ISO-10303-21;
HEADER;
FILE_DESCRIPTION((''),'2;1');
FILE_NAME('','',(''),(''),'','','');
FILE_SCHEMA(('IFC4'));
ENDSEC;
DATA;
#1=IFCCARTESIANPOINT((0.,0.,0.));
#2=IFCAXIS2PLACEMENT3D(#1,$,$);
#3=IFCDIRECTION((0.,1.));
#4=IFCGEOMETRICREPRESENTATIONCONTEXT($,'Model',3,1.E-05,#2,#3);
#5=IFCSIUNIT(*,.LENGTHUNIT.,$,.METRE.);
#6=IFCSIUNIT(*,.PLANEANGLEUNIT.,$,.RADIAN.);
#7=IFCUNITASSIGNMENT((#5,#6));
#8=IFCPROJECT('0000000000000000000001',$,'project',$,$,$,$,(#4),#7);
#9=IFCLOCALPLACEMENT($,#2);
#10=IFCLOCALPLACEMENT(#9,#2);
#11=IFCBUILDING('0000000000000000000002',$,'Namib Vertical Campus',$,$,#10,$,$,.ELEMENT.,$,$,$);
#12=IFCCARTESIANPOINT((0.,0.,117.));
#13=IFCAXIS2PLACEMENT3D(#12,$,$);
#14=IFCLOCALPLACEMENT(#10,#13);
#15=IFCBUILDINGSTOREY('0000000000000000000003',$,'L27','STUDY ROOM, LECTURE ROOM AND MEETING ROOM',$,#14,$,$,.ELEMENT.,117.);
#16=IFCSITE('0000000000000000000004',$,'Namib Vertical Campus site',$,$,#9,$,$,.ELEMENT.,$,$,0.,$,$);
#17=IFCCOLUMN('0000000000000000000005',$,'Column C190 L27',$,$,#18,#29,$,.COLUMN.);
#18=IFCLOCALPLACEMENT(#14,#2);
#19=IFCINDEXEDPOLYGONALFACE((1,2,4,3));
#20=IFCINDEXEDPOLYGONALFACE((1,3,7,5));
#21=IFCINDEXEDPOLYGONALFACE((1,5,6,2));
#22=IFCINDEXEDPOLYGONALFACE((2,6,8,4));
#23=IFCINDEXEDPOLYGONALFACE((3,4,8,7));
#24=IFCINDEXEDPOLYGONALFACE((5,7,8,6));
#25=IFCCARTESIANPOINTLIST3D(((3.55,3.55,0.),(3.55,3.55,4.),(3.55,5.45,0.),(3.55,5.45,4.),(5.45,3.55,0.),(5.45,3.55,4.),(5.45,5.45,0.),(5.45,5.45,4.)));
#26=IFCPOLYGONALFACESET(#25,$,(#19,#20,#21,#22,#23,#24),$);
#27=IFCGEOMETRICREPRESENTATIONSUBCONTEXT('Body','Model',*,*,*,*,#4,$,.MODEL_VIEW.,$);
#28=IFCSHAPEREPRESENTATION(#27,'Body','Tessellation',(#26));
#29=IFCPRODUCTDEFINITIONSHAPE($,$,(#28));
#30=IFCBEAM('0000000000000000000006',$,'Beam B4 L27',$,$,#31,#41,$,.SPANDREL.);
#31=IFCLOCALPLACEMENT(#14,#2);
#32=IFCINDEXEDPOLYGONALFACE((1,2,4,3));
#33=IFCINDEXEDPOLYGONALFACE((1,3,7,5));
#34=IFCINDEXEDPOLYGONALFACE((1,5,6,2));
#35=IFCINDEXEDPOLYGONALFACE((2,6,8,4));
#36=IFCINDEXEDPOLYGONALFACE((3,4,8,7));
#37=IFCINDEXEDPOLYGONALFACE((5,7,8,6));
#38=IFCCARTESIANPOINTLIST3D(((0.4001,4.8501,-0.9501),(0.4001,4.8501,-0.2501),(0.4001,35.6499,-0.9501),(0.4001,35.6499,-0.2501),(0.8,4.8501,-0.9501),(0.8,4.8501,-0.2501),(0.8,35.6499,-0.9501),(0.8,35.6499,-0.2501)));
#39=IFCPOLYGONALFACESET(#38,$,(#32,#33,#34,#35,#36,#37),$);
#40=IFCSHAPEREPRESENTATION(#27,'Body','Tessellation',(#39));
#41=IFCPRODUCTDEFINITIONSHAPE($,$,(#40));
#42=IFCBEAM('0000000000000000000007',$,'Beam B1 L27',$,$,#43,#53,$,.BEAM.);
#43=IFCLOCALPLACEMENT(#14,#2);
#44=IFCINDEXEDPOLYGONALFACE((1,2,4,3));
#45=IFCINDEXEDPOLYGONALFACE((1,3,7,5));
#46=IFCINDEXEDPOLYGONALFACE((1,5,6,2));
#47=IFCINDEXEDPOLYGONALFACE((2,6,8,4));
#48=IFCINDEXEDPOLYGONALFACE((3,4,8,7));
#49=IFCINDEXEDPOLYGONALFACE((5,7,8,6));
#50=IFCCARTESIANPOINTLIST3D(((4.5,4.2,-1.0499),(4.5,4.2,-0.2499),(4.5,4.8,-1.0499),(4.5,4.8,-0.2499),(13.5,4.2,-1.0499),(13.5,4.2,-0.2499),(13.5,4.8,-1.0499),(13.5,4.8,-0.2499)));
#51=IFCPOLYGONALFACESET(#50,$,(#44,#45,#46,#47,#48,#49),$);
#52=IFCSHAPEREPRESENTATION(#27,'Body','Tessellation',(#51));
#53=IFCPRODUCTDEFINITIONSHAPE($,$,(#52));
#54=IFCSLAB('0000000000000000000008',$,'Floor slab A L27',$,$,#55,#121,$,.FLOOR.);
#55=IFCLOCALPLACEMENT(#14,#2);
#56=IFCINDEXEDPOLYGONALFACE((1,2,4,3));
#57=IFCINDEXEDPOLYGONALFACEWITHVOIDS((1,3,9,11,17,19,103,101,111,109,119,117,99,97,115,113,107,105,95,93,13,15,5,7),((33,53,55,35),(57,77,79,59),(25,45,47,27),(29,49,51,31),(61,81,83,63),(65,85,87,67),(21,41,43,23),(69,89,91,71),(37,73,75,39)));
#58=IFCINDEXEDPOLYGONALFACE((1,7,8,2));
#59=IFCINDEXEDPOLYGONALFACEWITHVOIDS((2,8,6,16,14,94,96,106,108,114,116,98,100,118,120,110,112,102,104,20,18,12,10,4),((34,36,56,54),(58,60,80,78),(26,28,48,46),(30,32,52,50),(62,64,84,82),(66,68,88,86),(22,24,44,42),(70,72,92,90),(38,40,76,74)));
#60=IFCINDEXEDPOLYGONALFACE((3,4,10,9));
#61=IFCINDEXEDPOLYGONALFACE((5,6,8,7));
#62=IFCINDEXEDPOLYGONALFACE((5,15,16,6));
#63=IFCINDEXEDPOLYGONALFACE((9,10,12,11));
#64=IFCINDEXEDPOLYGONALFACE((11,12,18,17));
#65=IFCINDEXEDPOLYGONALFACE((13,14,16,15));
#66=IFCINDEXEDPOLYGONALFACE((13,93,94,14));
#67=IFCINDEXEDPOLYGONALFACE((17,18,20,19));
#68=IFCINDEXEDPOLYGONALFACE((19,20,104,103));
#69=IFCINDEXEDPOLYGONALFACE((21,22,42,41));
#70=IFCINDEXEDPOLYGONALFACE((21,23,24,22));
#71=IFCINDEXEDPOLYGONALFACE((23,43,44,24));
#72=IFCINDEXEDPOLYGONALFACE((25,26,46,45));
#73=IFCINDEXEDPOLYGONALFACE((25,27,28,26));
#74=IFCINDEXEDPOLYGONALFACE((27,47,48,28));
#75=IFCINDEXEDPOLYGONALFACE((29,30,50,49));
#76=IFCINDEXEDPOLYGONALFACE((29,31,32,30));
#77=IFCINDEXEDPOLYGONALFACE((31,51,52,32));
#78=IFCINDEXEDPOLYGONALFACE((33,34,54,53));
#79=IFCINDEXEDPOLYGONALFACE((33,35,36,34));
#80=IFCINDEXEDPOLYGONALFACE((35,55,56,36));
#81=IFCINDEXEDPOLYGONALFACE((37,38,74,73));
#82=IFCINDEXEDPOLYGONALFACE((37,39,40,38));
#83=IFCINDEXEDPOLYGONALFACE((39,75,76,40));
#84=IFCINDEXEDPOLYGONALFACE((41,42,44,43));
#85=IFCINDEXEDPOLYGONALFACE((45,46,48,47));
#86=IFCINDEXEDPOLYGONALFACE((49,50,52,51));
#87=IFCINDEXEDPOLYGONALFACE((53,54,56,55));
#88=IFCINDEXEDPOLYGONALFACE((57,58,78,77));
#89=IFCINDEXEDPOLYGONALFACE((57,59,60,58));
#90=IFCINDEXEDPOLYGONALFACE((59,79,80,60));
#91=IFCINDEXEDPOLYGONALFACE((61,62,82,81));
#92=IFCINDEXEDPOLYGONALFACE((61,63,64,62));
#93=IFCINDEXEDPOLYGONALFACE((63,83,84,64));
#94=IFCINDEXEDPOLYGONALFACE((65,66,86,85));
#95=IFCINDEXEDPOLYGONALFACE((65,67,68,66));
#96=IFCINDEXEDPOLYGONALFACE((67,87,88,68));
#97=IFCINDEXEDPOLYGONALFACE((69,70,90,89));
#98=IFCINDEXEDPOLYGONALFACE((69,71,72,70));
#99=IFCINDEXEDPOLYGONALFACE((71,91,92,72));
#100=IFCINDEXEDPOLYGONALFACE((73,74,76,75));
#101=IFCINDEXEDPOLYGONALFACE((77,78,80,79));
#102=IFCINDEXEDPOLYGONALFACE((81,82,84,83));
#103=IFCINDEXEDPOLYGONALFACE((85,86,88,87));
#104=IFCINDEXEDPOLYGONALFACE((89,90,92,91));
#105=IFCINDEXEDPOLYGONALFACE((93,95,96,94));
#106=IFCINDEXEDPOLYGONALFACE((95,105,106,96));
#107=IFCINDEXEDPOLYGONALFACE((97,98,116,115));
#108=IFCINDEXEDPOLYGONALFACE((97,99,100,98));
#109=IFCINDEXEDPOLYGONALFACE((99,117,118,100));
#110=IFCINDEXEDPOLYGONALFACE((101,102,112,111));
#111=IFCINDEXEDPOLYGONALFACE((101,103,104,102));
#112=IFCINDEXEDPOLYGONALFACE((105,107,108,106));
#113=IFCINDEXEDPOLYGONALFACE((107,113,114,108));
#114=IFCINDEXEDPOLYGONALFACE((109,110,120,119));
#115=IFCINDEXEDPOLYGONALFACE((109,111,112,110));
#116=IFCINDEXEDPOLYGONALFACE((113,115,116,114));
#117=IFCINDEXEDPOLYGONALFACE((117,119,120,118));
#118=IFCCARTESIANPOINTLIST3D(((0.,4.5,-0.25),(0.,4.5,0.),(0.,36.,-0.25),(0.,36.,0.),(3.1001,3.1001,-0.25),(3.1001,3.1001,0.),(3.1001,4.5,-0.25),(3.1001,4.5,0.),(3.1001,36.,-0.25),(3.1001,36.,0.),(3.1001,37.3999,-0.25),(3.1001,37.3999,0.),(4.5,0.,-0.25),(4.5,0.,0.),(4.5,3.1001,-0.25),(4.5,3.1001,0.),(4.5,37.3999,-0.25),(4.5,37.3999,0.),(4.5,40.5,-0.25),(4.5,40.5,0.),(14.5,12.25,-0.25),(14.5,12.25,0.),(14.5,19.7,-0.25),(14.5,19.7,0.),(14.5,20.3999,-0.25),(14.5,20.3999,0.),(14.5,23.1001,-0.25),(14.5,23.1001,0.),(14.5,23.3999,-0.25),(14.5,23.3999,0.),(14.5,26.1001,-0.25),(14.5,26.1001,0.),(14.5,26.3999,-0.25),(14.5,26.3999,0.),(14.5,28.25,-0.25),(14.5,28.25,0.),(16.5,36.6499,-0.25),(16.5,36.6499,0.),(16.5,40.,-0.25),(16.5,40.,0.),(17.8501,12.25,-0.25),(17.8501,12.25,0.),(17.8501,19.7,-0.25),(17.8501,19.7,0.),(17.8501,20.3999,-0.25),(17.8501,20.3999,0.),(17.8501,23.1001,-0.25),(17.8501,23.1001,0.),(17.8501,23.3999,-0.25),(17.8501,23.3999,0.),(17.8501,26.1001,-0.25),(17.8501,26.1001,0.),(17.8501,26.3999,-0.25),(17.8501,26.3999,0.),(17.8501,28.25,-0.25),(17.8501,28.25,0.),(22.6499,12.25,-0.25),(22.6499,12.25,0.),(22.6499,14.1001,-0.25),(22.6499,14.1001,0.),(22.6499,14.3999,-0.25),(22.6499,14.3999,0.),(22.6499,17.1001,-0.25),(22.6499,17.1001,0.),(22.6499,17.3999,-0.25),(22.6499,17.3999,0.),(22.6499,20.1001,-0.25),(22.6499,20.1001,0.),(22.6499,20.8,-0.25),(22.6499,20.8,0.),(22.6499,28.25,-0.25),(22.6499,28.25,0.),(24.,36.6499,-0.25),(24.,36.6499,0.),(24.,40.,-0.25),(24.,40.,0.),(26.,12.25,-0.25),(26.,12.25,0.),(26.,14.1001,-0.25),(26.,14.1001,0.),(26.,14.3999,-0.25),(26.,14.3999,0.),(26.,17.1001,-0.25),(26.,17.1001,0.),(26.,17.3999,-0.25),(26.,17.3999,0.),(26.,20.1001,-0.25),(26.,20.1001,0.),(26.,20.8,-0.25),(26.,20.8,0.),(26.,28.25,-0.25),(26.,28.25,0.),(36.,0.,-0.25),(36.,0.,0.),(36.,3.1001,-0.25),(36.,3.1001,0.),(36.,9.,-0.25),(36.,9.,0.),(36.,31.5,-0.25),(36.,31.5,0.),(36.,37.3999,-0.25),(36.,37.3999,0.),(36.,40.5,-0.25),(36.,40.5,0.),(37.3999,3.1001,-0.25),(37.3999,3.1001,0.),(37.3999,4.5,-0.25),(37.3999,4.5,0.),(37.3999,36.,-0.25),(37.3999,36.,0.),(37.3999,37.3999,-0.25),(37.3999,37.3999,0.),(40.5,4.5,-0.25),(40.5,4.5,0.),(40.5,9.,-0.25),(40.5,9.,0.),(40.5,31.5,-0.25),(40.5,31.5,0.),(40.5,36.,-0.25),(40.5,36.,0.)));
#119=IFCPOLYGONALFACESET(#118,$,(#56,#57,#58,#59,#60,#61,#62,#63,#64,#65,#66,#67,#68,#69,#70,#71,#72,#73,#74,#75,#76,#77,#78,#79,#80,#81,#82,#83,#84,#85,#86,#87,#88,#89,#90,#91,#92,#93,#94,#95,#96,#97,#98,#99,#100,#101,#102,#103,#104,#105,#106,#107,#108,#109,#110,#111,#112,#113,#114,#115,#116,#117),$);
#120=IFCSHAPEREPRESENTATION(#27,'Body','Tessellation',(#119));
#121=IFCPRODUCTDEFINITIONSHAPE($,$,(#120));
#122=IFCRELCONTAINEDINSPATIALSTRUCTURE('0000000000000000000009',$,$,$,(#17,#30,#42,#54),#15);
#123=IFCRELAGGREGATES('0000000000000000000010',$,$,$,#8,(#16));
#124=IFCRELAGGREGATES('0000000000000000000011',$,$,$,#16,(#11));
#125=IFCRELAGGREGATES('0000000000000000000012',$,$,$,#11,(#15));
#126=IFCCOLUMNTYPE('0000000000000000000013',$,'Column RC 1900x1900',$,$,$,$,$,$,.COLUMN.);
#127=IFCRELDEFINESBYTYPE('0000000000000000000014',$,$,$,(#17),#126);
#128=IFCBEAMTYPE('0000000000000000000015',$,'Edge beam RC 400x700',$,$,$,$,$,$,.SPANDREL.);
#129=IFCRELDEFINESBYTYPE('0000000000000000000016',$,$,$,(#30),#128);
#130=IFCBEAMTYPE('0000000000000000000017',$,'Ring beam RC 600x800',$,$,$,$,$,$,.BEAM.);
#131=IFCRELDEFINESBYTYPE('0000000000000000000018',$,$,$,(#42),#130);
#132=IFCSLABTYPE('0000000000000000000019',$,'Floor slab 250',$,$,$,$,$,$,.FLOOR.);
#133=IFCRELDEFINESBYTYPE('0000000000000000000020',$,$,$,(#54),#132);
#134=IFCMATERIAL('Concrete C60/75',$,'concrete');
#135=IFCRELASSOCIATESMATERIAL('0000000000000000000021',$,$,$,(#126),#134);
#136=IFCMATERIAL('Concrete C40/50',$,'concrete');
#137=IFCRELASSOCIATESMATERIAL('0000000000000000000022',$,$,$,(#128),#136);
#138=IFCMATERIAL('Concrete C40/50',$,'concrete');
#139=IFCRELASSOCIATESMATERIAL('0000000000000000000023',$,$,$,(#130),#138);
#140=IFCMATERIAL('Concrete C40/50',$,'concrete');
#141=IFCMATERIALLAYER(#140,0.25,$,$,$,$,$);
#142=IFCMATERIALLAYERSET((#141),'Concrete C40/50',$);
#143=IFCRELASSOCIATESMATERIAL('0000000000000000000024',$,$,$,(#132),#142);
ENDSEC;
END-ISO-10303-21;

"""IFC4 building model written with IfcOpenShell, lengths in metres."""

from ifc_helpers import new_model, si_unit, direction, frame, origin, origin_2d, place, context, subcontext, project, spatial, polyline, rectangle, outline, extrude, material, layer, layer_set, material_profile, profile_set, type_object, element, save


model = new_model("IFC4")

# Units and contexts
model_context = context("Model", 3, precision=1e-05, world=origin(), true_north=direction((0.0, 1.0)))
body_context = subcontext(model_context, "Body", "Model", "MODEL_VIEW")
ifc_project = project(units=[si_unit("LENGTHUNIT", "METRE"), si_unit("PLANEANGLEUNIT", "RADIAN")], contexts=[model_context])

# Site, building, storey
site_placement = place(None, origin())
site = spatial("IfcSite", under=ifc_project, at=site_placement, Name="Namib Vertical Campus site", CompositionType="ELEMENT", RefElevation=0.0)
building_placement = place(site_placement, origin())
building = spatial("IfcBuilding", under=site, at=building_placement, Name="Namib Vertical Campus", CompositionType="ELEMENT")
storey_placement = place(building_placement, frame((0.0, 0.0, 117.0)))
storey = spatial("IfcBuildingStorey", under=building, at=storey_placement, Name="L27", Description="STUDY ROOM, LECTURE ROOM AND MEETING ROOM", CompositionType="ELEMENT", Elevation=117.0)

# Column
ifc_material_1 = material(Name="Concrete C60/75", Category="concrete")
ifc_material_profile_1 = material_profile(ifc_material_1, rectangle(XDim=1.8999, YDim=1.8999, at=origin_2d()))
ifc_profile_set_1 = profile_set([ifc_material_profile_1], Name="Concrete C60/75")
column_type = type_object("IfcColumnType", Name="Column RC 1900x1900", PredefinedType="COLUMN", material=ifc_profile_set_1)
column_placement = place(storey_placement, frame((4.5, 4.5, 0.0), z_axis=(0.0, 0.0, 1.0), x_axis=(1.0, 0.0, 0.0)))
element("IfcColumn", 1, at=column_placement, inside=storey, type_object=column_type, Name="Column C190 L27", PredefinedType="COLUMN", context=body_context, shape_type="SweptSolid", body=[
    extrude(rectangle(XDim=1.8999, YDim=1.8999, at=origin_2d()), origin(), (0.0, 0.0, 1.0), 4.0),
])

# Beams
ifc_material_2 = material(Name="Concrete C40/50", Category="concrete")
ifc_material_profile_2 = material_profile(ifc_material_2, rectangle(XDim=0.3999, YDim=0.7, at=origin_2d()))
ifc_profile_set_2 = profile_set([ifc_material_profile_2], Name="Concrete C40/50")
beam_type_1 = type_object("IfcBeamType", Name="Edge beam RC 400x700", PredefinedType="SPANDREL", material=ifc_profile_set_2)
beam_1_placement = place(storey_placement, frame((0.6001, 4.8501, -0.6001), z_axis=(0.0, 1.0, 0.0), x_axis=(-1.0, 0.0, 0.0)))
element("IfcBeam", 2, at=beam_1_placement, inside=storey, type_object=beam_type_1, Name="Beam B4 L27", PredefinedType="SPANDREL", context=body_context, shape_type="SweptSolid", body=[
    extrude(rectangle(XDim=0.3999, YDim=0.7, at=origin_2d()), origin(), (0.0, 0.0, 1.0), 30.7998),
])
ifc_material_3 = material(Name="Concrete C40/50", Category="concrete")
ifc_material_profile_3 = material_profile(ifc_material_3, rectangle(XDim=0.6001, YDim=0.8, at=origin_2d()))
ifc_profile_set_3 = profile_set([ifc_material_profile_3], Name="Concrete C40/50")
beam_type_2 = type_object("IfcBeamType", Name="Ring beam RC 600x800", PredefinedType="BEAM", material=ifc_profile_set_3)
beam_2_placement = place(storey_placement, frame((4.5, 4.5, -0.6499), z_axis=(1.0, 0.0, 0.0), x_axis=(0.0, 1.0, 0.0)))
element("IfcBeam", 3, at=beam_2_placement, inside=storey, type_object=beam_type_2, Name="Beam B1 L27", PredefinedType="BEAM", context=body_context, shape_type="SweptSolid", body=[
    extrude(rectangle(XDim=0.6001, YDim=0.8, at=origin_2d()), origin(), (0.0, 0.0, 1.0), 9.0),
])

# Slab
ifc_material_4 = material(Name="Concrete C40/50", Category="concrete")
ifc_layer_1 = layer(ifc_material_4, 0.25)
ifc_layer_set_1 = layer_set([ifc_layer_1], Name="Concrete C40/50")
slab_type_1 = type_object("IfcSlabType", Name="Floor slab 250", PredefinedType="FLOOR", material=ifc_layer_set_1)
slab_1_placement = place(storey_placement, frame((0.0, 0.0, -0.25)))
element("IfcSlab", 4, at=slab_1_placement, inside=storey, type_object=slab_type_1, Name="Floor slab A L27", PredefinedType="FLOOR", context=body_context, shape_type="SweptSolid", body=[
    extrude(outline(polyline([(4.5, 3.1001), (4.5, 0.0), (36.0, 0.0), (36.0, 3.1001), (37.3999, 3.1001), (37.3999, 4.5), (40.5, 4.5), (40.5, 9.0), (36.0, 9.0), (36.0, 31.5), (40.5, 31.5), (40.5, 36.0), (37.3999, 36.0), (37.3999, 37.3999), (36.0, 37.3999), (36.0, 40.5), (4.5, 40.5), (4.5, 37.3999), (3.1001, 37.3999), (3.1001, 36.0), (0.0, 36.0), (0.0, 4.5), (3.1001, 4.5), (3.1001, 3.1001), (4.5, 3.1001)]), holes=[polyline([(14.5, 12.25), (17.8501, 12.25), (17.8501, 19.7), (14.5, 19.7), (14.5, 12.25)]), polyline([(22.6499, 20.8), (26.0, 20.8), (26.0, 28.25), (22.6499, 28.25), (22.6499, 20.8)]), polyline([(22.6499, 12.25), (26.0, 12.25), (26.0, 14.1001), (22.6499, 14.1001), (22.6499, 12.25)]), polyline([(14.5, 20.3999), (17.8501, 20.3999), (17.8501, 23.1001), (14.5, 23.1001), (14.5, 20.3999)]), polyline([(14.5, 23.3999), (17.8501, 23.3999), (17.8501, 26.1001), (14.5, 26.1001), (14.5, 23.3999)]), polyline([(14.5, 26.3999), (17.8501, 26.3999), (17.8501, 28.25), (14.5, 28.25), (14.5, 26.3999)]), polyline([(22.6499, 14.3999), (26.0, 14.3999), (26.0, 17.1001), (22.6499, 17.1001), (22.6499, 14.3999)]), polyline([(22.6499, 17.3999), (26.0, 17.3999), (26.0, 20.1001), (22.6499, 20.1001), (22.6499, 17.3999)]), polyline([(16.5, 36.6499), (24.0, 36.6499), (24.0, 40.0), (16.5, 40.0), (16.5, 36.6499)])]), origin(), (0.0, 0.0, 1.0), 0.25),
])

save(model, "model.ifc")
